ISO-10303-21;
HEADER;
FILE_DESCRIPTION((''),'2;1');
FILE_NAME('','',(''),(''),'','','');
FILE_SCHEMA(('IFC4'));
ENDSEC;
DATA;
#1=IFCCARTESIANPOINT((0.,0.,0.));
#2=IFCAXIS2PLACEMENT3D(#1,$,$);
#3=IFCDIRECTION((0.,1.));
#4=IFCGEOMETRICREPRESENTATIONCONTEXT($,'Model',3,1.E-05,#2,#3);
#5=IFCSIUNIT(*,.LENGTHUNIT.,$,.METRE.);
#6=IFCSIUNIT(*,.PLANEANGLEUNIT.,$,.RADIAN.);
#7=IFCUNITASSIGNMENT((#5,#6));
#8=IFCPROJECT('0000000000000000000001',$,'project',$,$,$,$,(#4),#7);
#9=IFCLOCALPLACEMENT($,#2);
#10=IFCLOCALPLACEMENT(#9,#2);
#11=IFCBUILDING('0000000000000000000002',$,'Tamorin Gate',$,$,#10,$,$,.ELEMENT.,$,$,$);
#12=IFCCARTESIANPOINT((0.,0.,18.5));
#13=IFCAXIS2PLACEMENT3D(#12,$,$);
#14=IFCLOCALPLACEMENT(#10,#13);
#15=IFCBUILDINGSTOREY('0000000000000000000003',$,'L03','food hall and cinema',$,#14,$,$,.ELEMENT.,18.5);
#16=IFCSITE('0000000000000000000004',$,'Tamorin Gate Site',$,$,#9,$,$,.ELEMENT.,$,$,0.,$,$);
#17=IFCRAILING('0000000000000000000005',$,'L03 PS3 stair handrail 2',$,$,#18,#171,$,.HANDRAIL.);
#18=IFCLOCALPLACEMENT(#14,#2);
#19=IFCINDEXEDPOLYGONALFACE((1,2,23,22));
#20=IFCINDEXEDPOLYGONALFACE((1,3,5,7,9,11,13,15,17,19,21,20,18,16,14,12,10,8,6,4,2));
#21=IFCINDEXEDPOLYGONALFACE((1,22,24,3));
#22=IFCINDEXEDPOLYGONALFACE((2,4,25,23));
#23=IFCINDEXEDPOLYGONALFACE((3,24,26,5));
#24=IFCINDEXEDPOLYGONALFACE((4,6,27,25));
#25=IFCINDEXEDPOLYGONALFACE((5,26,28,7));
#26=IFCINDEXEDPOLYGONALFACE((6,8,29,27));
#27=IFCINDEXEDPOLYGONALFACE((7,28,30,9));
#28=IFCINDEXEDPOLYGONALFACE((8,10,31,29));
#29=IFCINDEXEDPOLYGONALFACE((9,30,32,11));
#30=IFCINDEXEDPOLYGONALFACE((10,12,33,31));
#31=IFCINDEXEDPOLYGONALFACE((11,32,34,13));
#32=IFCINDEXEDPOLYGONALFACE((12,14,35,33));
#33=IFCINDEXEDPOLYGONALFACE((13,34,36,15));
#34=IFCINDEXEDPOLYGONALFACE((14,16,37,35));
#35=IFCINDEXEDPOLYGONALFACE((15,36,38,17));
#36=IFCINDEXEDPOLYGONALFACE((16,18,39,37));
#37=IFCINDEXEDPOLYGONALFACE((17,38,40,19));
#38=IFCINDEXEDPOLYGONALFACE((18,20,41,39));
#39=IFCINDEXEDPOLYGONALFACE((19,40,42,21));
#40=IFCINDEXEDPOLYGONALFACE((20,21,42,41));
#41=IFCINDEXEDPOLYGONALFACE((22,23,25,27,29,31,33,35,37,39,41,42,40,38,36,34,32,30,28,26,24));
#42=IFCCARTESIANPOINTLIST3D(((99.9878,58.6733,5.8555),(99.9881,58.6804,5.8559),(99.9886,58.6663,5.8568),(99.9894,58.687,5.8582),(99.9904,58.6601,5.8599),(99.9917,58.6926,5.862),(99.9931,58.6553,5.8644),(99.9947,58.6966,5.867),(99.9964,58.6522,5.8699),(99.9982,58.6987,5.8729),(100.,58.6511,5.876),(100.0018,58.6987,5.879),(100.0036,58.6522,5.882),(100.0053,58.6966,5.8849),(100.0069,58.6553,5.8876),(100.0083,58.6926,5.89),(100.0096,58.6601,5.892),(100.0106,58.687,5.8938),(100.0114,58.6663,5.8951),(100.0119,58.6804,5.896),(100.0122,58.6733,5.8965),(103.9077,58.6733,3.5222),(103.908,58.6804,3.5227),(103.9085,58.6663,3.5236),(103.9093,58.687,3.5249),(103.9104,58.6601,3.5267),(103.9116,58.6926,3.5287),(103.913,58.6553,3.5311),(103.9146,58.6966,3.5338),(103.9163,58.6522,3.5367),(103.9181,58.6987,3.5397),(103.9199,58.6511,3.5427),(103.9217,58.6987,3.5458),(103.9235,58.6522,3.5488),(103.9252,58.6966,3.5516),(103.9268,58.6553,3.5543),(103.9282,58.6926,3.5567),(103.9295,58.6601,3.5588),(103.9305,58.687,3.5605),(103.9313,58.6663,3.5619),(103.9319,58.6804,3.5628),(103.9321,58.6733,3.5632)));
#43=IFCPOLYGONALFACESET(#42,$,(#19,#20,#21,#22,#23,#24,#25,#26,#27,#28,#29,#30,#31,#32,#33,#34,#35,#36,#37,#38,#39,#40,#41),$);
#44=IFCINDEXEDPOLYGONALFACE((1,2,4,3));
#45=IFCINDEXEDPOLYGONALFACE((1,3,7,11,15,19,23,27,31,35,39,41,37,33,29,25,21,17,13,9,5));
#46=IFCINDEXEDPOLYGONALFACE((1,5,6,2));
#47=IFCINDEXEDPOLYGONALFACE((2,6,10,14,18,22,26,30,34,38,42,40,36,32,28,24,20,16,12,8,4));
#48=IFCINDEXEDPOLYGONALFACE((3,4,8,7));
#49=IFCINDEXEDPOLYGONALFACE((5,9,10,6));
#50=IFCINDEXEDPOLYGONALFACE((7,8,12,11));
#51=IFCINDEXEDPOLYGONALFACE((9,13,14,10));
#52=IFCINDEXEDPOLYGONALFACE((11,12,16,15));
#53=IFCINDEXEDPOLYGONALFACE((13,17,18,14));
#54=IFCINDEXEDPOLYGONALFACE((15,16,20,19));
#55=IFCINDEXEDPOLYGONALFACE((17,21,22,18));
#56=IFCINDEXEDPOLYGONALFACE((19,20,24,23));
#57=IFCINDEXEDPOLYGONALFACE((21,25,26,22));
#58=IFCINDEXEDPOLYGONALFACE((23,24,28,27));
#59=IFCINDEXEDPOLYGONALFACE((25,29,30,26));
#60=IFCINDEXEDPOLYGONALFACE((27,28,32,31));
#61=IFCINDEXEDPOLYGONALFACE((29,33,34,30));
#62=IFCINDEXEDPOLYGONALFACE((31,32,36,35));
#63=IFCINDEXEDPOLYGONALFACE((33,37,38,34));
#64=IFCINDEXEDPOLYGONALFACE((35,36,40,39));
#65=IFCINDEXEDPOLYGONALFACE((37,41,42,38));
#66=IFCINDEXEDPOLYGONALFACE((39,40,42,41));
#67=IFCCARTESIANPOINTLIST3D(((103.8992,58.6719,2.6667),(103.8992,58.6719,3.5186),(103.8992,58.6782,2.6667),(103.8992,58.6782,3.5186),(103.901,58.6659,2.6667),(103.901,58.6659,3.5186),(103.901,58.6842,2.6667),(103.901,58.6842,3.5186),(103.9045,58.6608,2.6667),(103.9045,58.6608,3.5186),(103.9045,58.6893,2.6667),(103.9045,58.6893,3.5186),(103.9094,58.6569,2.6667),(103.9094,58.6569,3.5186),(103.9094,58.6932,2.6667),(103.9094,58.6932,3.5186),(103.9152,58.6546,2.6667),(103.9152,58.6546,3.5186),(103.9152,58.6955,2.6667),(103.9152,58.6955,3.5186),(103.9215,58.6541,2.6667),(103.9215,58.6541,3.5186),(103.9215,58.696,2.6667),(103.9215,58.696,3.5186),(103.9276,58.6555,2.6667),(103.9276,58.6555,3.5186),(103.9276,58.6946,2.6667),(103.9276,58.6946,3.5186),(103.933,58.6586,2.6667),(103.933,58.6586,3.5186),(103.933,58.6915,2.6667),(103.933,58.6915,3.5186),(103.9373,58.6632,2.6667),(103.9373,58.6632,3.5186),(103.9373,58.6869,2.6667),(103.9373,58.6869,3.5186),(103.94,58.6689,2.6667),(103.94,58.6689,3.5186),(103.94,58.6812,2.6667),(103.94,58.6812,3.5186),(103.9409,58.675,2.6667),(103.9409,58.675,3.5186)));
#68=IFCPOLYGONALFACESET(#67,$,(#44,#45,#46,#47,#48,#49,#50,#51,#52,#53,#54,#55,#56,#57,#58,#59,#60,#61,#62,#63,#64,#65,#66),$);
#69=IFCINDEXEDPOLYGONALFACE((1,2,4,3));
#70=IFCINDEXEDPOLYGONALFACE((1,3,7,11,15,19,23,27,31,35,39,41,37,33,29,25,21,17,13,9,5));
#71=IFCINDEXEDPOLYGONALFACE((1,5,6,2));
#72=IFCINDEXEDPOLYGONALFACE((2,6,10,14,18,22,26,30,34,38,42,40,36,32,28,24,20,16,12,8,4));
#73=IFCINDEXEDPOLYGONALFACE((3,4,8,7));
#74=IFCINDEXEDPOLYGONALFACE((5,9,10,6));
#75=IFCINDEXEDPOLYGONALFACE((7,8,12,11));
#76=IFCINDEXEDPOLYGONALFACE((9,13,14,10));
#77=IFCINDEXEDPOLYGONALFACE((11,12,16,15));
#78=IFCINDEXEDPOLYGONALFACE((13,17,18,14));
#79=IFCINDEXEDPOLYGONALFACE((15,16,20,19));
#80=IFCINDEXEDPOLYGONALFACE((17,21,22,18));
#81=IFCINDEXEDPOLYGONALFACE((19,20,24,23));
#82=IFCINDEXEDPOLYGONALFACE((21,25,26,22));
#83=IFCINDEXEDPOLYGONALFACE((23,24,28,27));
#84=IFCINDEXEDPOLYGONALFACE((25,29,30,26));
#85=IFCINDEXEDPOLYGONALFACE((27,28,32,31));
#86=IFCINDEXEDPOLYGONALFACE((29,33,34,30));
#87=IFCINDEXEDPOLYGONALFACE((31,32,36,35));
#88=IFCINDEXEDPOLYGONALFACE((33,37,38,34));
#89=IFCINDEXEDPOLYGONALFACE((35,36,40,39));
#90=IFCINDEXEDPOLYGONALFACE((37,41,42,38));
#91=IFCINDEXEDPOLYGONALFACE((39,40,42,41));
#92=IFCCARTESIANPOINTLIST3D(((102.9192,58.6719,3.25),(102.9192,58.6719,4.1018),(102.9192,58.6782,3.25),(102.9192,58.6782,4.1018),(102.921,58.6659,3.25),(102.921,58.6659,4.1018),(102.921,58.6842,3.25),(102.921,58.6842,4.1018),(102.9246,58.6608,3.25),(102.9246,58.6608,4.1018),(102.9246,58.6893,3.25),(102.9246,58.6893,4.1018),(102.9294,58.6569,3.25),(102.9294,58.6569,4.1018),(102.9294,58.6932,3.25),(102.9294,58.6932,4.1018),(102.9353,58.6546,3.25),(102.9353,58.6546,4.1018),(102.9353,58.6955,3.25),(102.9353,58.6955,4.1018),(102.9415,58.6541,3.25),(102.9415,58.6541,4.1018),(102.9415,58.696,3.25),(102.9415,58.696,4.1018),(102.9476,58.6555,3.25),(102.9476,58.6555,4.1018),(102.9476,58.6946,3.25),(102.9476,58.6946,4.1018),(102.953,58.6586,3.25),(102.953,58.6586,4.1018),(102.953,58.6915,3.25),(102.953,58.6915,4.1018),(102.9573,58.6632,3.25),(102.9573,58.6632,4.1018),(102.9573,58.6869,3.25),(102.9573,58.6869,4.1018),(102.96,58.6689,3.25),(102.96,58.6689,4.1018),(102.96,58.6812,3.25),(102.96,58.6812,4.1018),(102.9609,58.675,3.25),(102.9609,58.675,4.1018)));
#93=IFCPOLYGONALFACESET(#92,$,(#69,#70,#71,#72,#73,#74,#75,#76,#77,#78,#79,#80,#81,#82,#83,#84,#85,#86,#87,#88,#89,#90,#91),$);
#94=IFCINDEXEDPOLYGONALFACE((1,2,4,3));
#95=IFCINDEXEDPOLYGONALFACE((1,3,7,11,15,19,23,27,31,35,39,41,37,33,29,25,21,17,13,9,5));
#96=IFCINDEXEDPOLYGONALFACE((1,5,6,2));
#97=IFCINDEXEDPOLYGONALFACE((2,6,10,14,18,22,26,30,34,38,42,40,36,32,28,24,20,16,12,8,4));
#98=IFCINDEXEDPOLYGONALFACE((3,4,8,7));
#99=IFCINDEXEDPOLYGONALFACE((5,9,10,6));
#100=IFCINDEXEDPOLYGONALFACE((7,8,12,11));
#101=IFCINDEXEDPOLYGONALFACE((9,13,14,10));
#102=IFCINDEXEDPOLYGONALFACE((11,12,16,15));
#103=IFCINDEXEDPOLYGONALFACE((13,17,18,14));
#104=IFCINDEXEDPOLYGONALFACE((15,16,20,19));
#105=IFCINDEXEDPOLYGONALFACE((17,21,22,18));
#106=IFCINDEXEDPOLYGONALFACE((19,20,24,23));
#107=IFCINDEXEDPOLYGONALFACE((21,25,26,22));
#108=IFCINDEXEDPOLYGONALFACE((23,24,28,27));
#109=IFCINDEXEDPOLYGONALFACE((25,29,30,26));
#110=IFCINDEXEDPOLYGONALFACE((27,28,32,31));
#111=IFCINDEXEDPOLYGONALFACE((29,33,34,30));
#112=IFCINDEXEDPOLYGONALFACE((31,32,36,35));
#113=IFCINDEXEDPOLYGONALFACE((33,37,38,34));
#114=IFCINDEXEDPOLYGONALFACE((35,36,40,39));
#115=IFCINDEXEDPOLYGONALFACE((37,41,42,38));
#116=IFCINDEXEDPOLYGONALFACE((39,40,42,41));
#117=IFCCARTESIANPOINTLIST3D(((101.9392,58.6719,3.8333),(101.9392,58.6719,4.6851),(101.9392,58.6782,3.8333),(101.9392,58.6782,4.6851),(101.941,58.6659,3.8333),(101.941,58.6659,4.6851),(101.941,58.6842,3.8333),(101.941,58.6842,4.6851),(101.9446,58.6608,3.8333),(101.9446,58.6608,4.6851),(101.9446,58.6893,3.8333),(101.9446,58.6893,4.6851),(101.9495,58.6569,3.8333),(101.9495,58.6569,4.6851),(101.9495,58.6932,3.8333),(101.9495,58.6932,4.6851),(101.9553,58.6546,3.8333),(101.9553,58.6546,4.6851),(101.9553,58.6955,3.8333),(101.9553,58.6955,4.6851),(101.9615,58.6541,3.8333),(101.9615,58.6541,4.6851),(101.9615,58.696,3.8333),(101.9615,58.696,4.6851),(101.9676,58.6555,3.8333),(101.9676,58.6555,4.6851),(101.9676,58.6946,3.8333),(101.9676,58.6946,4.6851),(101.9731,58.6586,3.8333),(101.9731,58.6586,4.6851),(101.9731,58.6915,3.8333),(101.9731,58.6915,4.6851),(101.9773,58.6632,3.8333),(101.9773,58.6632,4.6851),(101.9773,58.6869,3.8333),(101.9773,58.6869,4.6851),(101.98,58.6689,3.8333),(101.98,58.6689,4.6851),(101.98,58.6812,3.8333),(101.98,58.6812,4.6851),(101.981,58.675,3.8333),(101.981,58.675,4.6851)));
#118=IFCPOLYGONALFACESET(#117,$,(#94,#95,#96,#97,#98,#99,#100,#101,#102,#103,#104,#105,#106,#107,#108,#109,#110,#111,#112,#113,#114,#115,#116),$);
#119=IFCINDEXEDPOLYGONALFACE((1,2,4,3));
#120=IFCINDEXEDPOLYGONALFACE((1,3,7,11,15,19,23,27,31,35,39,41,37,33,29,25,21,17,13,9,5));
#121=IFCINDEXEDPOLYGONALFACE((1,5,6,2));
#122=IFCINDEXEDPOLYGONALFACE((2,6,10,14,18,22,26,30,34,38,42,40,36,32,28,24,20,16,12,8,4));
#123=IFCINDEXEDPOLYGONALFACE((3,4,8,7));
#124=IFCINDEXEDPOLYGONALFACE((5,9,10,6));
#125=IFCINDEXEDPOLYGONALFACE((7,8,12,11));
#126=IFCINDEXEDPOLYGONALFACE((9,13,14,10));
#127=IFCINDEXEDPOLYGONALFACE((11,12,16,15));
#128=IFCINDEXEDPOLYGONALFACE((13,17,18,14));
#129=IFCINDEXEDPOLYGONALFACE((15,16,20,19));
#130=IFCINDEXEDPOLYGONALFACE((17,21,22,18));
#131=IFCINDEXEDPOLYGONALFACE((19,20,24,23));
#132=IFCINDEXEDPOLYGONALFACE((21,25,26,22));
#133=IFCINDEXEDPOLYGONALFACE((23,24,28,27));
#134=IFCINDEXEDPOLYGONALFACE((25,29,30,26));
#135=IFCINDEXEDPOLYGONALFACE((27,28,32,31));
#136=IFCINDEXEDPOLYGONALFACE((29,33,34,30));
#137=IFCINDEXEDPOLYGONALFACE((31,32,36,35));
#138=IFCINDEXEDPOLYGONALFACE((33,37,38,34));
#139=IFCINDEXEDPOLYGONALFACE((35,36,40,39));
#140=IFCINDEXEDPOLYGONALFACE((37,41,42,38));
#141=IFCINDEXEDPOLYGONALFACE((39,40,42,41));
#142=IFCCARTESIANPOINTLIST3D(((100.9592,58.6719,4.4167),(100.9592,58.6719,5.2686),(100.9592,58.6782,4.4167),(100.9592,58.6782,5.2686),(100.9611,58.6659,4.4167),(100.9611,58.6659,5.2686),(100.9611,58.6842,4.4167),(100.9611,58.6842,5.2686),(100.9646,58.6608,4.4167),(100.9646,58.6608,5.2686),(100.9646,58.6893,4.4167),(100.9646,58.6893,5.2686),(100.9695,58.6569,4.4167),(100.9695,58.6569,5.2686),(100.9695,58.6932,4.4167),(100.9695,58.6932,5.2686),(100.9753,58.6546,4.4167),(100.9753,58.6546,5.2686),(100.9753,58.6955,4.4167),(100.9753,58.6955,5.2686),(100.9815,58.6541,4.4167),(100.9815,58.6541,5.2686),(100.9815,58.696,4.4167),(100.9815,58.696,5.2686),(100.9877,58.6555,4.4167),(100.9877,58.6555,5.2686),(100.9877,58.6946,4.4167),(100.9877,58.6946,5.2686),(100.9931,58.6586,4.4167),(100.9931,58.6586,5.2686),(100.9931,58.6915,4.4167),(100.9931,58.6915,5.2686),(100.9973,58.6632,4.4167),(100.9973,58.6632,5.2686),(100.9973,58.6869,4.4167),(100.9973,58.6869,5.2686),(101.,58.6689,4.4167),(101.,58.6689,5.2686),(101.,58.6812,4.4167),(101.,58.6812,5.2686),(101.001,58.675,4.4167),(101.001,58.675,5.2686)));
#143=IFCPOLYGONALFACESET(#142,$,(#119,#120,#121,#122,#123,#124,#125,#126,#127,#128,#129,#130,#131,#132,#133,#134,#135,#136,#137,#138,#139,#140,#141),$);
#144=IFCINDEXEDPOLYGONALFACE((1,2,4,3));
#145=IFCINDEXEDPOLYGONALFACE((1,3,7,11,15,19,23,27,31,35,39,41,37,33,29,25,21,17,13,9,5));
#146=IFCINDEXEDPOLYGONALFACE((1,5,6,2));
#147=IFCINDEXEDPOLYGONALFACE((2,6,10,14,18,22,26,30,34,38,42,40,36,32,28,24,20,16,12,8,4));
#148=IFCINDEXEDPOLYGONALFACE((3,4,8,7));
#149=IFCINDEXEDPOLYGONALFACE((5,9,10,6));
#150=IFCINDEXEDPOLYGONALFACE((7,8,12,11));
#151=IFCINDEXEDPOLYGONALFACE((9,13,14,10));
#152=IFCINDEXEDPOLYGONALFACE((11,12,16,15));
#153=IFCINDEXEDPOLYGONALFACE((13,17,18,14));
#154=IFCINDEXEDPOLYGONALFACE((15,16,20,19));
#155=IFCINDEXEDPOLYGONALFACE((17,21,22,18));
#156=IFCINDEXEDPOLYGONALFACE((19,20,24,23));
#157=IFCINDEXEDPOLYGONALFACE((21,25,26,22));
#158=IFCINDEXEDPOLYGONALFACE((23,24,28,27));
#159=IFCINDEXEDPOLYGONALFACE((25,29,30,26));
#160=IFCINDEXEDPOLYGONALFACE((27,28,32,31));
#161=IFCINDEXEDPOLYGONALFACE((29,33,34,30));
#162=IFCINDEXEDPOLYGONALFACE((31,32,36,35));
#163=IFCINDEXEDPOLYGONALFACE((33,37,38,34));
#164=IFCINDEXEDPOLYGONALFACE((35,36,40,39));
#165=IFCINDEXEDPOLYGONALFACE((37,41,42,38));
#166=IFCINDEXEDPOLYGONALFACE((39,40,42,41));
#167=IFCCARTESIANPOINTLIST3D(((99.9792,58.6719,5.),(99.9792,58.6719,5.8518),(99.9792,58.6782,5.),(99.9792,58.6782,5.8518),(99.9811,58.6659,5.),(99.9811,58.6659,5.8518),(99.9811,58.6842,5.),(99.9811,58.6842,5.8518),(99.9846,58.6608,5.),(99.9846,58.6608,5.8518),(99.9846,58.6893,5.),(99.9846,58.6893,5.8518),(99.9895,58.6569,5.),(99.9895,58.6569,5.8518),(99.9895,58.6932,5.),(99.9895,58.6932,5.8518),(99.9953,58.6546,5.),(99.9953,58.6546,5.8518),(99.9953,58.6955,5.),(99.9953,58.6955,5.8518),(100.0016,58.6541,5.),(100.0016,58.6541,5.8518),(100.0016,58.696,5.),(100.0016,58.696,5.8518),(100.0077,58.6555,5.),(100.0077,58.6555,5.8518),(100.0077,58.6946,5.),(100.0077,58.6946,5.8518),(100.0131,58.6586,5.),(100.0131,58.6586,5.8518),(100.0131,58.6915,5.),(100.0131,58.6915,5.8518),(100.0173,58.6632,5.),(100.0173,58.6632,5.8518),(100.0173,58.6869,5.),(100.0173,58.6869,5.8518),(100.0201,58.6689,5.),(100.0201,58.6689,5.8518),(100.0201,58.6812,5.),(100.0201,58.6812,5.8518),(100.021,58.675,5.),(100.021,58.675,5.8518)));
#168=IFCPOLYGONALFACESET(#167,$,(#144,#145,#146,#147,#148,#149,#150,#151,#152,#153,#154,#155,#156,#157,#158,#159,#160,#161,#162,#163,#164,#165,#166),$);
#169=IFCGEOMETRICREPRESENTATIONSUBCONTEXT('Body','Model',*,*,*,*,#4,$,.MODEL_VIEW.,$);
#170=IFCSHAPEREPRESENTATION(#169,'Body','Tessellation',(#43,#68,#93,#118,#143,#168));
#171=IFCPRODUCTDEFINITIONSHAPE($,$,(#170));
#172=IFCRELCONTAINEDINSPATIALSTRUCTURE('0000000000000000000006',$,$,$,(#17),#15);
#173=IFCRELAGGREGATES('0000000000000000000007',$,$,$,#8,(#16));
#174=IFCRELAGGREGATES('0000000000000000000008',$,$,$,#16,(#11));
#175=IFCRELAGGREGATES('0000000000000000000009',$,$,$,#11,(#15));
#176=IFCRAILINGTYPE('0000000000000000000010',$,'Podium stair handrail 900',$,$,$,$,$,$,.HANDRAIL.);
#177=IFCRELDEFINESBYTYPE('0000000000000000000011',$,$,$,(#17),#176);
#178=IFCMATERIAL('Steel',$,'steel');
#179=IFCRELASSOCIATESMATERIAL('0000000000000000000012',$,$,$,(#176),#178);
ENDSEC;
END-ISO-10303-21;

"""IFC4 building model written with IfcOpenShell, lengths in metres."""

from ifc_helpers import new_model, si_unit, direction, frame, origin, origin_2d, place, context, subcontext, project, spatial, circle, extrude, material, type_object, element, save


model = new_model("IFC4")

# Units and contexts
model_context = context("Model", 3, precision=1e-05, world=origin(), true_north=direction((0.0, 1.0)))
body_context = subcontext(model_context, "Body", "Model", "MODEL_VIEW")
ifc_project = project(units=[si_unit("LENGTHUNIT", "METRE"), si_unit("PLANEANGLEUNIT", "RADIAN")], contexts=[model_context])

# Site, building, storey
site_placement = place(None, origin())
site = spatial("IfcSite", under=ifc_project, at=site_placement, Name="Tamorin Gate Site", CompositionType="ELEMENT", RefElevation=0.0)
building_placement = place(site_placement, origin())
building = spatial("IfcBuilding", under=site, at=building_placement, Name="Tamorin Gate", CompositionType="ELEMENT")
storey_placement = place(building_placement, frame((0.0, 0.0, 18.5)))
storey = spatial("IfcBuildingStorey", under=building, at=storey_placement, Name="L03", Description="food hall and cinema", CompositionType="ELEMENT", Elevation=18.5)

# Railing
ifc_material_1 = material(Name="Steel", Category="steel")
railing_type_1 = type_object("IfcRailingType", Name="Podium stair handrail 900", PredefinedType="HANDRAIL", material=ifc_material_1)
railing_1_placement = place(storey_placement, frame((103.9199, 58.675, 2.6667)))
element("IfcRailing", 1, at=railing_1_placement, inside=storey, type_object=railing_type_1, Name="L03 PS3 stair handrail 2", PredefinedType="HANDRAIL", context=body_context, shape_type="SweptSolid", body=[
    extrude(circle(Radius=0.0239, at=origin_2d()), frame((0.0, 0.0, 0.876), z_axis=(-0.859296, 0.0, 0.511478), x_axis=(0.0, -1.0, 0.0)), (0.0, 0.0, 1.0), 4.5618),
    extrude(circle(Radius=0.021, at=origin_2d()), origin(), (0.0, 0.0, 1.0), 0.8518),
    extrude(circle(Radius=0.021, at=origin_2d()), frame((-0.98, 0.0, 0.5833)), (0.0, 0.0, 1.0), 0.8518),
    extrude(circle(Radius=0.021, at=origin_2d()), frame((-1.96, 0.0, 1.1665)), (0.0, 0.0, 1.0), 0.8518),
    extrude(circle(Radius=0.021, at=origin_2d()), frame((-2.9399, 0.0, 1.75)), (0.0, 0.0, 1.0), 0.8518),
    extrude(circle(Radius=0.021, at=origin_2d()), frame((-3.9199, 0.0, 2.3333)), (0.0, 0.0, 1.0), 0.8518),
])

save(model, "model.ifc")
